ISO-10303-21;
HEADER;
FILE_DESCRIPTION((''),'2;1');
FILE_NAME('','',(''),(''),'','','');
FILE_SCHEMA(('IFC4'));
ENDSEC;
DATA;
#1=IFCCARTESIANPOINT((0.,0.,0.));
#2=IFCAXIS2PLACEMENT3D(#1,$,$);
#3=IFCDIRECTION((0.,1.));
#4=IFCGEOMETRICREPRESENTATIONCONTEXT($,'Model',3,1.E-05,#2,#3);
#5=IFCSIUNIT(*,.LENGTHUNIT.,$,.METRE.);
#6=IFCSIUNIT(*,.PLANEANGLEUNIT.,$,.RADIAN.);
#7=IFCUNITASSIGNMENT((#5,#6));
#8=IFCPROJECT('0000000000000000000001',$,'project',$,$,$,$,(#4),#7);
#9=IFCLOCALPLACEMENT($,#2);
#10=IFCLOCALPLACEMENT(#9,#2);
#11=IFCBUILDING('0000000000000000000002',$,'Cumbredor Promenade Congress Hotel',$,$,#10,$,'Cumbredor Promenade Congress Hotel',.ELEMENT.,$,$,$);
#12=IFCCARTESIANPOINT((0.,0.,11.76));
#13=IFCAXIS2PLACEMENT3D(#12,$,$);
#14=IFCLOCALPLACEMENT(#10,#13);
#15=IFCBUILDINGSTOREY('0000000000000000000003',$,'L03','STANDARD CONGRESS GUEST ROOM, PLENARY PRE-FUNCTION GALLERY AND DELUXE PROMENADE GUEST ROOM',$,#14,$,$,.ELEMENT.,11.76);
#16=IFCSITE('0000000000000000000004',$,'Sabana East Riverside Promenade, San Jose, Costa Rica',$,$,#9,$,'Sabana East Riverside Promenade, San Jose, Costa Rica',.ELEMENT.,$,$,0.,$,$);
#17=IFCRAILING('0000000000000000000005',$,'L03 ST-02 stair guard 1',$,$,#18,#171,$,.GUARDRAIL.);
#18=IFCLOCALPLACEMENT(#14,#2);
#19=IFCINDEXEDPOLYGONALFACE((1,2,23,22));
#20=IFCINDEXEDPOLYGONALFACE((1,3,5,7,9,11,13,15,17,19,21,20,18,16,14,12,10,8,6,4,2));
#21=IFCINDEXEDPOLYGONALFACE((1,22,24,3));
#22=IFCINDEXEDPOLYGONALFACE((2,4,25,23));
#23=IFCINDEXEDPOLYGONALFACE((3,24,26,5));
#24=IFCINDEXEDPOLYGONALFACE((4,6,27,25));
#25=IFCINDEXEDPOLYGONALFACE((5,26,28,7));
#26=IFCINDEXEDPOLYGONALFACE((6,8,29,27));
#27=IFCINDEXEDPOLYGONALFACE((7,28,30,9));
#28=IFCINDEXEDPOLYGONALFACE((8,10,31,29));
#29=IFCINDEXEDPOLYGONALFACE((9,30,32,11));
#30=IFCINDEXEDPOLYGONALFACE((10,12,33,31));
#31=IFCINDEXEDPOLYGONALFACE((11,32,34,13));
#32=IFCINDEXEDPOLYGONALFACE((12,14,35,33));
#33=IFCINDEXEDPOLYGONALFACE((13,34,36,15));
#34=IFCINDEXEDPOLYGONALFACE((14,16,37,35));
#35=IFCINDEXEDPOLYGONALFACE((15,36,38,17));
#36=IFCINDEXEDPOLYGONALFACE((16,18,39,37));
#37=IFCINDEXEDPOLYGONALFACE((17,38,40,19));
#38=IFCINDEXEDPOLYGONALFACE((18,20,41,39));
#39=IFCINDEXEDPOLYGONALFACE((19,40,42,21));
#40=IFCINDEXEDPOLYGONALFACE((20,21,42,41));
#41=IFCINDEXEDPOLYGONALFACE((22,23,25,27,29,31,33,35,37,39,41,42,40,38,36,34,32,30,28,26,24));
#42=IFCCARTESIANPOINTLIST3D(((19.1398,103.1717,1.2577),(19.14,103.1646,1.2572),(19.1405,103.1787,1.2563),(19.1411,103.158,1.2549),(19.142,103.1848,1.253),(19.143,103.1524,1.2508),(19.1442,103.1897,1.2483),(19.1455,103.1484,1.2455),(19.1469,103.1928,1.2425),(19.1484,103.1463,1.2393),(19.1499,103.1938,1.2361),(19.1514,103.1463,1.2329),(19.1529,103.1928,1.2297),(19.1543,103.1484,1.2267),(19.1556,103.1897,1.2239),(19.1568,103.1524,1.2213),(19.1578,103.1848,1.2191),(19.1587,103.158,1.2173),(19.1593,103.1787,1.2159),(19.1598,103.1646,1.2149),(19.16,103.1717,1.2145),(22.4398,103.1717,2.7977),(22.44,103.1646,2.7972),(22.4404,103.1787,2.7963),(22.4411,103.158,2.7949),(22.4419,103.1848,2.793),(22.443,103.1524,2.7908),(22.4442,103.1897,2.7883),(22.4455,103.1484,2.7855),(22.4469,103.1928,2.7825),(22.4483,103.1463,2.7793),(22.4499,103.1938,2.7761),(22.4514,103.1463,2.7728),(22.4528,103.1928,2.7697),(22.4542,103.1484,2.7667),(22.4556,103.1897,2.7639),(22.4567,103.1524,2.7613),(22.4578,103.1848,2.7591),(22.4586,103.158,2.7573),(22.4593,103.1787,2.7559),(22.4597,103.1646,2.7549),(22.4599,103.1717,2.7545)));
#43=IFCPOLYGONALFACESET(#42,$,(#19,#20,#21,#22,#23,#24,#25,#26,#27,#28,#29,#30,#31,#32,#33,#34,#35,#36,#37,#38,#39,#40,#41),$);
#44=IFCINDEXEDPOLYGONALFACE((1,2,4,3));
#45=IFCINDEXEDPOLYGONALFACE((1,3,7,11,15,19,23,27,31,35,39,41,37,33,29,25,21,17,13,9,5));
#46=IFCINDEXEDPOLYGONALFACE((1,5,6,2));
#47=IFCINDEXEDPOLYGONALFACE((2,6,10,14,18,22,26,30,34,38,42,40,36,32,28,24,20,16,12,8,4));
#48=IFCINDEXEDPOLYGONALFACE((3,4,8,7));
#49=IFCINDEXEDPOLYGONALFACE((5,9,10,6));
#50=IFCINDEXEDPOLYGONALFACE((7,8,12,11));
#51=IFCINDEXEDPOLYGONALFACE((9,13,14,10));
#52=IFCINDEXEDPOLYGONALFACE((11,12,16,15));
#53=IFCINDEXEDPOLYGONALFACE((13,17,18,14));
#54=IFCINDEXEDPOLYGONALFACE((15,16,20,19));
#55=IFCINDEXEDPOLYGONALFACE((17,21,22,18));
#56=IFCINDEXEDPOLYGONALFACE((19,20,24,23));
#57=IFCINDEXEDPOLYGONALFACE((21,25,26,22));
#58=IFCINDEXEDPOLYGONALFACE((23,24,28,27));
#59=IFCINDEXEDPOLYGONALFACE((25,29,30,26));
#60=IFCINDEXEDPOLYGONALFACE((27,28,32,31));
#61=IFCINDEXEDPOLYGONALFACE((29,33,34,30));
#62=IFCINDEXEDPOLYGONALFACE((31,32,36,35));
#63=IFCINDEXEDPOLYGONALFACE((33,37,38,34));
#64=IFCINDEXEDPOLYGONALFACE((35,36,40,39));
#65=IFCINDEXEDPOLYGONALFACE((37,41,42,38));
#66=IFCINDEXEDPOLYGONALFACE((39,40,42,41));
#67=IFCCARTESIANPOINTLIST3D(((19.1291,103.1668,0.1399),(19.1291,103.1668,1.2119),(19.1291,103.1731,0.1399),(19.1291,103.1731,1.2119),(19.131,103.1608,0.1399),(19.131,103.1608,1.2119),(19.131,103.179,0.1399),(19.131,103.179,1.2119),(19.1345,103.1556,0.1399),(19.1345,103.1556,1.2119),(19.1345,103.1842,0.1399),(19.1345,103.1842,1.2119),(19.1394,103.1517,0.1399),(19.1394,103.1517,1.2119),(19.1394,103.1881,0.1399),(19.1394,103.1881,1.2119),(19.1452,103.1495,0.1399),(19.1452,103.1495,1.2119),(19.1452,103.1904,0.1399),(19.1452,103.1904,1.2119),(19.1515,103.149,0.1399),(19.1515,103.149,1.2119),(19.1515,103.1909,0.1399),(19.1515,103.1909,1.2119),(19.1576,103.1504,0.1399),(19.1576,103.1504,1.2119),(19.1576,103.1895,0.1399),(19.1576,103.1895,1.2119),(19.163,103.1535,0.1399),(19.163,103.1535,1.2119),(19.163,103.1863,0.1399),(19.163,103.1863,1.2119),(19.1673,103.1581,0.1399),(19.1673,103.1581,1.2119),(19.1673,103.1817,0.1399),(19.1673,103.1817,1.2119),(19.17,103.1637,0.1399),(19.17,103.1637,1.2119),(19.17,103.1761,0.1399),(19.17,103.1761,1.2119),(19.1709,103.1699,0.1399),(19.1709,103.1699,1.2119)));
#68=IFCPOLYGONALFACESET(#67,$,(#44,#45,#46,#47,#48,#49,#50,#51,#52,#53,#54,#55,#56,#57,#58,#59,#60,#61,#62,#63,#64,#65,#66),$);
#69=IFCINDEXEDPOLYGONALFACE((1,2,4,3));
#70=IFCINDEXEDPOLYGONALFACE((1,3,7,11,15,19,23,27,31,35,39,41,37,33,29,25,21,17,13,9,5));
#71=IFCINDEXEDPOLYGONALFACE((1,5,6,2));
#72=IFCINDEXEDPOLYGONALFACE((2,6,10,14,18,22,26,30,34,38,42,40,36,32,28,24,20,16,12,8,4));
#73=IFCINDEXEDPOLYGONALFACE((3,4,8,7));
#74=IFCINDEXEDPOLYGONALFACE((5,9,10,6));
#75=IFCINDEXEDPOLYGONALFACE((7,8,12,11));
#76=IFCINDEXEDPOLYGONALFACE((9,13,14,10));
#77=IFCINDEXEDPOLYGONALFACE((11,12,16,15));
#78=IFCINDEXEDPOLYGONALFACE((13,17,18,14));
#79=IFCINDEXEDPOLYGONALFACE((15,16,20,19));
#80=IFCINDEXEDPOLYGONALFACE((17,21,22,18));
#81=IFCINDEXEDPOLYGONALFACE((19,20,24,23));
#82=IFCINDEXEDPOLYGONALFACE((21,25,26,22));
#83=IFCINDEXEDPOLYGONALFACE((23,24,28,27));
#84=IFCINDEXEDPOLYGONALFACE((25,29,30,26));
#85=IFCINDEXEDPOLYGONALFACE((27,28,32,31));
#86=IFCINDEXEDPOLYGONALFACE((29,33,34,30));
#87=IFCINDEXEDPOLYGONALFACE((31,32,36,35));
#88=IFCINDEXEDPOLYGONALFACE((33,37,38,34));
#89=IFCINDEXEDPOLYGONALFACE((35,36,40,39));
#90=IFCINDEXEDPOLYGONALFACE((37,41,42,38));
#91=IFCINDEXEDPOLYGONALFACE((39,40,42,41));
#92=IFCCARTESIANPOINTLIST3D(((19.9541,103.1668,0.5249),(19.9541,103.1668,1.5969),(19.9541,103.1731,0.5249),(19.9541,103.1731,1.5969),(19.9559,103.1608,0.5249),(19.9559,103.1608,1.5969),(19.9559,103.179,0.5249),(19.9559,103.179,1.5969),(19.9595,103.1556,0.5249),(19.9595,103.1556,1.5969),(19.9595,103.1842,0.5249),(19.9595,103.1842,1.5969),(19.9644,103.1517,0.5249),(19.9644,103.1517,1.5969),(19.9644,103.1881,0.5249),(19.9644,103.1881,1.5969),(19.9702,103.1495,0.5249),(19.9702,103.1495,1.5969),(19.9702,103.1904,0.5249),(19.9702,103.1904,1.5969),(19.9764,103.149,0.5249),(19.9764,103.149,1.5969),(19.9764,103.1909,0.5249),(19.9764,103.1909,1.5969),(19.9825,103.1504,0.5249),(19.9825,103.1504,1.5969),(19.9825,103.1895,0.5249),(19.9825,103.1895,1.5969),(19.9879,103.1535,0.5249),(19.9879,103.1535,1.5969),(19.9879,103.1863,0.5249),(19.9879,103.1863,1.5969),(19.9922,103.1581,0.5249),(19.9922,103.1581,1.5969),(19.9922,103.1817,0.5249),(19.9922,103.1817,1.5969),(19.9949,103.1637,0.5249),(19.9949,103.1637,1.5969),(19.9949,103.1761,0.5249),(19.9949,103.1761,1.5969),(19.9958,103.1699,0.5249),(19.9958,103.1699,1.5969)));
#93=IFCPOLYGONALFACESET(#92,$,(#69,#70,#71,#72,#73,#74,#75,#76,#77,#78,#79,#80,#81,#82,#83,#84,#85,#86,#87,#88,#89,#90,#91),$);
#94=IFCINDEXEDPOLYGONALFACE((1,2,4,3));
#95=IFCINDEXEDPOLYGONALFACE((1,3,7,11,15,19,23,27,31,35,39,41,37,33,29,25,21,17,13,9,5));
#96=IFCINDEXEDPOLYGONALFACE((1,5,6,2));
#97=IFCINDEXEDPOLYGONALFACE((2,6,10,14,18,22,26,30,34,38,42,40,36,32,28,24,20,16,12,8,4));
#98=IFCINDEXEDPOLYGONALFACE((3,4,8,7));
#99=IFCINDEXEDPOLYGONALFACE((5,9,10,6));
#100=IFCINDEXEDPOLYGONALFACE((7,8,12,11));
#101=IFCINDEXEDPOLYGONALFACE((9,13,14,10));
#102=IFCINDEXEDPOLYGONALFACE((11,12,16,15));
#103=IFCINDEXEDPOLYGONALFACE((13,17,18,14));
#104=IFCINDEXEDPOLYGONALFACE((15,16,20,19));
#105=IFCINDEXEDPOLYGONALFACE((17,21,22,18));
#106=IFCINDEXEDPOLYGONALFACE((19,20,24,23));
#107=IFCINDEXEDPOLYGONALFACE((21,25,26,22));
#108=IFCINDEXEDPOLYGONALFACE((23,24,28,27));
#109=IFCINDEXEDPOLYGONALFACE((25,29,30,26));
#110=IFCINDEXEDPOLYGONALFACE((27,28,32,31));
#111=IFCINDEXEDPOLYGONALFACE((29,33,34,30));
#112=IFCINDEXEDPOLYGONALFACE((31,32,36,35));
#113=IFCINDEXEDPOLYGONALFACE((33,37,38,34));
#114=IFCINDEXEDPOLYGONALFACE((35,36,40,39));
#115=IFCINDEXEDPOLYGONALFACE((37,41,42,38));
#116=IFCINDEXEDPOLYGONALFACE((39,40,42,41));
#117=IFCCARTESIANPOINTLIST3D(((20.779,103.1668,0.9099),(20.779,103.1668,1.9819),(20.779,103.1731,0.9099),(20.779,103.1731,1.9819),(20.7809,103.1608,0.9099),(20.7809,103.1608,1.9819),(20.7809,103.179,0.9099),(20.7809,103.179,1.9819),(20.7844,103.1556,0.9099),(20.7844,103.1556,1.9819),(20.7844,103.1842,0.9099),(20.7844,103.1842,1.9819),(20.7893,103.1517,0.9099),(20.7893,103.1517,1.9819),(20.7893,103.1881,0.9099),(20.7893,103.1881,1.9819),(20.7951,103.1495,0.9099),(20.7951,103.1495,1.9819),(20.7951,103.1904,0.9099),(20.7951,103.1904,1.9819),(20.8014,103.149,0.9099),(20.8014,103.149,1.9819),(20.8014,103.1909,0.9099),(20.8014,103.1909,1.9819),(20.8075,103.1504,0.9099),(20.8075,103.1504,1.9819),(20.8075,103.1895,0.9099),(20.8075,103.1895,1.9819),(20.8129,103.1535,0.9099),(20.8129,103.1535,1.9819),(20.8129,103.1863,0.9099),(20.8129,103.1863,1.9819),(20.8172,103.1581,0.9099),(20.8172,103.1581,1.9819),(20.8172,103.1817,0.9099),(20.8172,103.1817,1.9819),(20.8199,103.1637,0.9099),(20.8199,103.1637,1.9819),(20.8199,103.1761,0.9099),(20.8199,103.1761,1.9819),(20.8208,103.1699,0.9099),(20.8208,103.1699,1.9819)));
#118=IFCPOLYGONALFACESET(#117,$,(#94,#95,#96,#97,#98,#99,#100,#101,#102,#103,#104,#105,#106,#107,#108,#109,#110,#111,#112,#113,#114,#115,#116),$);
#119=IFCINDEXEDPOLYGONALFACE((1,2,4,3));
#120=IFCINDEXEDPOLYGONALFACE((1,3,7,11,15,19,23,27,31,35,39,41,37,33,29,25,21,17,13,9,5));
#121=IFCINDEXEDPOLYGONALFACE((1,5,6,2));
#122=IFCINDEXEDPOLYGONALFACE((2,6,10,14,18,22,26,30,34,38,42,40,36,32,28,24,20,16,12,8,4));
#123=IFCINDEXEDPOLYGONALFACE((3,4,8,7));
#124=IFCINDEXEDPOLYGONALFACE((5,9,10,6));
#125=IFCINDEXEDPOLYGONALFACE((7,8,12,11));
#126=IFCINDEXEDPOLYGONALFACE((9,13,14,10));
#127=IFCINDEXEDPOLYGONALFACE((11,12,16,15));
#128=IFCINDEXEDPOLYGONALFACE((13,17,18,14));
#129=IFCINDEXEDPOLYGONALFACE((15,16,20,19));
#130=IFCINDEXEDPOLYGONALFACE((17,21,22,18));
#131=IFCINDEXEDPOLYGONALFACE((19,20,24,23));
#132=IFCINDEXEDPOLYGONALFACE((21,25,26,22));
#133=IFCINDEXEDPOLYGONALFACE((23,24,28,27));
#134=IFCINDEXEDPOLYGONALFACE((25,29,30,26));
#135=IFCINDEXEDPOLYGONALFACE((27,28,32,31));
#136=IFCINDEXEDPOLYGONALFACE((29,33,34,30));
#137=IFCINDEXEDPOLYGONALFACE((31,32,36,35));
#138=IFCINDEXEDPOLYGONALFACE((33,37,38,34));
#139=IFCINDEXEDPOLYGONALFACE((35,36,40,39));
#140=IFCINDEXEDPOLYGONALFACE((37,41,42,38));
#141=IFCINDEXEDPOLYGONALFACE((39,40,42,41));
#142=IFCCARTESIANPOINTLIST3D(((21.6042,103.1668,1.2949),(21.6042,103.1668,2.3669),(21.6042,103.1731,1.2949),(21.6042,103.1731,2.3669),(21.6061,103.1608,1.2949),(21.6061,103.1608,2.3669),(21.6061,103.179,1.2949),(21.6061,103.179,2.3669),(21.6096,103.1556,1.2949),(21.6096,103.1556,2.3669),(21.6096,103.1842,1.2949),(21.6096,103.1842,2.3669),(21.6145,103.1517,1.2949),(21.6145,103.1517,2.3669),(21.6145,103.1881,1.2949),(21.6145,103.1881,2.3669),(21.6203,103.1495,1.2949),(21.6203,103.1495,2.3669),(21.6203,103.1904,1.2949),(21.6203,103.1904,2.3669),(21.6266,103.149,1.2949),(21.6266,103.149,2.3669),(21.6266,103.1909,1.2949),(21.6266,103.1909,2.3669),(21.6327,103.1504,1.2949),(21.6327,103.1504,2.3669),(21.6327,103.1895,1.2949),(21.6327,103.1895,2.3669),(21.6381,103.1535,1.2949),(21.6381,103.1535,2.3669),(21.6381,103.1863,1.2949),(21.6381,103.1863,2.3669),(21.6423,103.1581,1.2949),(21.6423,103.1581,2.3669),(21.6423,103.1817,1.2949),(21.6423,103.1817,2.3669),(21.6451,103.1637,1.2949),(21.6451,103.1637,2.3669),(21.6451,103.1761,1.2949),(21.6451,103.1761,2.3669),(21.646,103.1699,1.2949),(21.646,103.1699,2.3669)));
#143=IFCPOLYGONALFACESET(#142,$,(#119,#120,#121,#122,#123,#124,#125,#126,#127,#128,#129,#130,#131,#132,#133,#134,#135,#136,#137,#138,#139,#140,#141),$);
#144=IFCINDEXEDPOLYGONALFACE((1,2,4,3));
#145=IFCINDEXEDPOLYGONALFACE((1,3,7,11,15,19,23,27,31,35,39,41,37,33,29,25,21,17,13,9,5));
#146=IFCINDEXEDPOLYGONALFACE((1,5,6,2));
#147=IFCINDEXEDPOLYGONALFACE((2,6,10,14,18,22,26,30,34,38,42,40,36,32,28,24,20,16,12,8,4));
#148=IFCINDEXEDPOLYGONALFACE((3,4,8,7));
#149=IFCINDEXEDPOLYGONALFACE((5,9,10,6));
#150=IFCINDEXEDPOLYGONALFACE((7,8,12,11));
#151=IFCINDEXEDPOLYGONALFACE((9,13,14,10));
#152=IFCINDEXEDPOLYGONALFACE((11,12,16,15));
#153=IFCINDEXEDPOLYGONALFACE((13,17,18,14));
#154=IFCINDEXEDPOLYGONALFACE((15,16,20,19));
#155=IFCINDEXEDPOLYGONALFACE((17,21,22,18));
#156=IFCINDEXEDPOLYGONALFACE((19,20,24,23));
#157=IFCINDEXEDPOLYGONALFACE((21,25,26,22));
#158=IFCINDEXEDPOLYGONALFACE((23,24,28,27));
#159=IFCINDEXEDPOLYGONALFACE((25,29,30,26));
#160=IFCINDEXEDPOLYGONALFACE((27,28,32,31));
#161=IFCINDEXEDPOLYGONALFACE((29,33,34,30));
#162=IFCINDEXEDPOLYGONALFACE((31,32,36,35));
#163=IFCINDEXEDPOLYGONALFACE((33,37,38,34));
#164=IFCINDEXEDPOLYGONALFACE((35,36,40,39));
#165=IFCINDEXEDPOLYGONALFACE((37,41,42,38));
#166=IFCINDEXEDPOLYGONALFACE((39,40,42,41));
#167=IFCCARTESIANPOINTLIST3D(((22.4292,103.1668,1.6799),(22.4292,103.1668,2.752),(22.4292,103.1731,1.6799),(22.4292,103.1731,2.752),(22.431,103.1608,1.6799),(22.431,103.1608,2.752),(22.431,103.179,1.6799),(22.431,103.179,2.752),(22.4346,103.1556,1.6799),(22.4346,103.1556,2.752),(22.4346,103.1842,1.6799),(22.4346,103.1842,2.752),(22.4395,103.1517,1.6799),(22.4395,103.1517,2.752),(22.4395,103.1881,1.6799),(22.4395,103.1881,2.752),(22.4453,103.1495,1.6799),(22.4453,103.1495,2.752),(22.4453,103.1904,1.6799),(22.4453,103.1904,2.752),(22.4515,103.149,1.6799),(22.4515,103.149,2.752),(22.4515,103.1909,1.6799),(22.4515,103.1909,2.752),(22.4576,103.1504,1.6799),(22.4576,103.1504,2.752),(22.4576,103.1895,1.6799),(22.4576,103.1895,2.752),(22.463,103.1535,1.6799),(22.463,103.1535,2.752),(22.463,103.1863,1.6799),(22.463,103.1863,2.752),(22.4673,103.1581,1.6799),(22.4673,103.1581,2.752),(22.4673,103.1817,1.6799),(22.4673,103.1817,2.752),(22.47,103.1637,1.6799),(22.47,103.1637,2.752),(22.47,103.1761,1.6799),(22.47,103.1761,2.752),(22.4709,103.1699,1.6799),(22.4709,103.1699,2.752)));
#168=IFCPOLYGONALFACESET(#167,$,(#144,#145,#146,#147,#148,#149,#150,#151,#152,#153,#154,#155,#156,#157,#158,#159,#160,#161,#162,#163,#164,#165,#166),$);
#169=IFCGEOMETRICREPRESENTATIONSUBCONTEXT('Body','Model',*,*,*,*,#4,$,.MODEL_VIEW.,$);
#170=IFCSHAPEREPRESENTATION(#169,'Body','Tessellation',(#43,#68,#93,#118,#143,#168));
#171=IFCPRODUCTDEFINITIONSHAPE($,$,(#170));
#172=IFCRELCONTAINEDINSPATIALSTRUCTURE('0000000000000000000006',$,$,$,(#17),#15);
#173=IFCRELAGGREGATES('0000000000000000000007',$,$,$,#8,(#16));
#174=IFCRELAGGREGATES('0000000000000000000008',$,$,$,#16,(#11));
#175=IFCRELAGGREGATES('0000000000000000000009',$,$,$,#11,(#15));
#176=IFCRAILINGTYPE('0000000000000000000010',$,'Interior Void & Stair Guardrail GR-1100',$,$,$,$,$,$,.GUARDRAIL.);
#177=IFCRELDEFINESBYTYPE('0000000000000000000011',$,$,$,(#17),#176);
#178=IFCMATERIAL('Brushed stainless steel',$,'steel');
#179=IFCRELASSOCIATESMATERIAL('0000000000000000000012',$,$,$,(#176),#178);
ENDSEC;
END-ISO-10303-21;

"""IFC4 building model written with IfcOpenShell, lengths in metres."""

from ifc_helpers import new_model, si_unit, direction, frame, origin, origin_2d, place, context, subcontext, project, spatial, circle, extrude, material, type_object, element, save


model = new_model("IFC4")

# Units and contexts
model_context = context("Model", 3, precision=1e-05, world=origin(), true_north=direction((0.0, 1.0)))
body_context = subcontext(model_context, "Body", "Model", "MODEL_VIEW")
ifc_project = project(units=[si_unit("LENGTHUNIT", "METRE"), si_unit("PLANEANGLEUNIT", "RADIAN")], contexts=[model_context])

# Site, building, storey
site_placement = place(None, origin())
site = spatial("IfcSite", under=ifc_project, at=site_placement, Name="Sabana East Riverside Promenade, San Jose, Costa Rica", LongName="Sabana East Riverside Promenade, San Jose, Costa Rica", CompositionType="ELEMENT", RefElevation=0.0)
building_placement = place(site_placement, origin())
building = spatial("IfcBuilding", under=site, at=building_placement, Name="Cumbredor Promenade Congress Hotel", LongName="Cumbredor Promenade Congress Hotel", CompositionType="ELEMENT")
storey_placement = place(building_placement, frame((0.0, 0.0, 11.76)))
storey = spatial("IfcBuildingStorey", under=building, at=storey_placement, Name="L03", Description="STANDARD CONGRESS GUEST ROOM, PLENARY PRE-FUNCTION GALLERY AND DELUXE PROMENADE GUEST ROOM", CompositionType="ELEMENT", Elevation=11.76)

# Shared definitions
ifc_material_1 = material(Name="Brushed stainless steel", Category="steel")

# Railing
railing_type_1 = type_object("IfcRailingType", Name="Interior Void & Stair Guardrail GR-1100", PredefinedType="GUARDRAIL", material=ifc_material_1)
railing_1_placement = place(storey_placement, frame((19.1499, 103.1699, 0.1399)))
element("IfcRailing", 1, at=railing_1_placement, inside=storey, type_object=railing_type_1, Name="L03 ST-02 stair guard 1", PredefinedType="GUARDRAIL", context=body_context, shape_type="SweptSolid", body=[
    extrude(circle(Radius=0.0239, at=origin_2d()), frame((0.0, 0.0, 1.0962), z_axis=(0.906181, 0.0, 0.422889), x_axis=(0.0, 1.0, 0.0)), (0.0, 0.0, 1.0), 3.6416),
    extrude(circle(Radius=0.021, at=origin_2d()), origin(), (0.0, 0.0, 1.0), 1.072),
    extrude(circle(Radius=0.021, at=origin_2d()), frame((0.825, 0.0, 0.385)), (0.0, 0.0, 1.0), 1.072),
    extrude(circle(Radius=0.021, at=origin_2d()), frame((1.6499, 0.0, 0.77)), (0.0, 0.0, 1.0), 1.072),
    extrude(circle(Radius=0.021, at=origin_2d()), frame((2.4751, 0.0, 1.155)), (0.0, 0.0, 1.0), 1.072),
    extrude(circle(Radius=0.021, at=origin_2d()), frame((3.3, 0.0, 1.54)), (0.0, 0.0, 1.0), 1.072),
])

save(model, "model.ifc")
